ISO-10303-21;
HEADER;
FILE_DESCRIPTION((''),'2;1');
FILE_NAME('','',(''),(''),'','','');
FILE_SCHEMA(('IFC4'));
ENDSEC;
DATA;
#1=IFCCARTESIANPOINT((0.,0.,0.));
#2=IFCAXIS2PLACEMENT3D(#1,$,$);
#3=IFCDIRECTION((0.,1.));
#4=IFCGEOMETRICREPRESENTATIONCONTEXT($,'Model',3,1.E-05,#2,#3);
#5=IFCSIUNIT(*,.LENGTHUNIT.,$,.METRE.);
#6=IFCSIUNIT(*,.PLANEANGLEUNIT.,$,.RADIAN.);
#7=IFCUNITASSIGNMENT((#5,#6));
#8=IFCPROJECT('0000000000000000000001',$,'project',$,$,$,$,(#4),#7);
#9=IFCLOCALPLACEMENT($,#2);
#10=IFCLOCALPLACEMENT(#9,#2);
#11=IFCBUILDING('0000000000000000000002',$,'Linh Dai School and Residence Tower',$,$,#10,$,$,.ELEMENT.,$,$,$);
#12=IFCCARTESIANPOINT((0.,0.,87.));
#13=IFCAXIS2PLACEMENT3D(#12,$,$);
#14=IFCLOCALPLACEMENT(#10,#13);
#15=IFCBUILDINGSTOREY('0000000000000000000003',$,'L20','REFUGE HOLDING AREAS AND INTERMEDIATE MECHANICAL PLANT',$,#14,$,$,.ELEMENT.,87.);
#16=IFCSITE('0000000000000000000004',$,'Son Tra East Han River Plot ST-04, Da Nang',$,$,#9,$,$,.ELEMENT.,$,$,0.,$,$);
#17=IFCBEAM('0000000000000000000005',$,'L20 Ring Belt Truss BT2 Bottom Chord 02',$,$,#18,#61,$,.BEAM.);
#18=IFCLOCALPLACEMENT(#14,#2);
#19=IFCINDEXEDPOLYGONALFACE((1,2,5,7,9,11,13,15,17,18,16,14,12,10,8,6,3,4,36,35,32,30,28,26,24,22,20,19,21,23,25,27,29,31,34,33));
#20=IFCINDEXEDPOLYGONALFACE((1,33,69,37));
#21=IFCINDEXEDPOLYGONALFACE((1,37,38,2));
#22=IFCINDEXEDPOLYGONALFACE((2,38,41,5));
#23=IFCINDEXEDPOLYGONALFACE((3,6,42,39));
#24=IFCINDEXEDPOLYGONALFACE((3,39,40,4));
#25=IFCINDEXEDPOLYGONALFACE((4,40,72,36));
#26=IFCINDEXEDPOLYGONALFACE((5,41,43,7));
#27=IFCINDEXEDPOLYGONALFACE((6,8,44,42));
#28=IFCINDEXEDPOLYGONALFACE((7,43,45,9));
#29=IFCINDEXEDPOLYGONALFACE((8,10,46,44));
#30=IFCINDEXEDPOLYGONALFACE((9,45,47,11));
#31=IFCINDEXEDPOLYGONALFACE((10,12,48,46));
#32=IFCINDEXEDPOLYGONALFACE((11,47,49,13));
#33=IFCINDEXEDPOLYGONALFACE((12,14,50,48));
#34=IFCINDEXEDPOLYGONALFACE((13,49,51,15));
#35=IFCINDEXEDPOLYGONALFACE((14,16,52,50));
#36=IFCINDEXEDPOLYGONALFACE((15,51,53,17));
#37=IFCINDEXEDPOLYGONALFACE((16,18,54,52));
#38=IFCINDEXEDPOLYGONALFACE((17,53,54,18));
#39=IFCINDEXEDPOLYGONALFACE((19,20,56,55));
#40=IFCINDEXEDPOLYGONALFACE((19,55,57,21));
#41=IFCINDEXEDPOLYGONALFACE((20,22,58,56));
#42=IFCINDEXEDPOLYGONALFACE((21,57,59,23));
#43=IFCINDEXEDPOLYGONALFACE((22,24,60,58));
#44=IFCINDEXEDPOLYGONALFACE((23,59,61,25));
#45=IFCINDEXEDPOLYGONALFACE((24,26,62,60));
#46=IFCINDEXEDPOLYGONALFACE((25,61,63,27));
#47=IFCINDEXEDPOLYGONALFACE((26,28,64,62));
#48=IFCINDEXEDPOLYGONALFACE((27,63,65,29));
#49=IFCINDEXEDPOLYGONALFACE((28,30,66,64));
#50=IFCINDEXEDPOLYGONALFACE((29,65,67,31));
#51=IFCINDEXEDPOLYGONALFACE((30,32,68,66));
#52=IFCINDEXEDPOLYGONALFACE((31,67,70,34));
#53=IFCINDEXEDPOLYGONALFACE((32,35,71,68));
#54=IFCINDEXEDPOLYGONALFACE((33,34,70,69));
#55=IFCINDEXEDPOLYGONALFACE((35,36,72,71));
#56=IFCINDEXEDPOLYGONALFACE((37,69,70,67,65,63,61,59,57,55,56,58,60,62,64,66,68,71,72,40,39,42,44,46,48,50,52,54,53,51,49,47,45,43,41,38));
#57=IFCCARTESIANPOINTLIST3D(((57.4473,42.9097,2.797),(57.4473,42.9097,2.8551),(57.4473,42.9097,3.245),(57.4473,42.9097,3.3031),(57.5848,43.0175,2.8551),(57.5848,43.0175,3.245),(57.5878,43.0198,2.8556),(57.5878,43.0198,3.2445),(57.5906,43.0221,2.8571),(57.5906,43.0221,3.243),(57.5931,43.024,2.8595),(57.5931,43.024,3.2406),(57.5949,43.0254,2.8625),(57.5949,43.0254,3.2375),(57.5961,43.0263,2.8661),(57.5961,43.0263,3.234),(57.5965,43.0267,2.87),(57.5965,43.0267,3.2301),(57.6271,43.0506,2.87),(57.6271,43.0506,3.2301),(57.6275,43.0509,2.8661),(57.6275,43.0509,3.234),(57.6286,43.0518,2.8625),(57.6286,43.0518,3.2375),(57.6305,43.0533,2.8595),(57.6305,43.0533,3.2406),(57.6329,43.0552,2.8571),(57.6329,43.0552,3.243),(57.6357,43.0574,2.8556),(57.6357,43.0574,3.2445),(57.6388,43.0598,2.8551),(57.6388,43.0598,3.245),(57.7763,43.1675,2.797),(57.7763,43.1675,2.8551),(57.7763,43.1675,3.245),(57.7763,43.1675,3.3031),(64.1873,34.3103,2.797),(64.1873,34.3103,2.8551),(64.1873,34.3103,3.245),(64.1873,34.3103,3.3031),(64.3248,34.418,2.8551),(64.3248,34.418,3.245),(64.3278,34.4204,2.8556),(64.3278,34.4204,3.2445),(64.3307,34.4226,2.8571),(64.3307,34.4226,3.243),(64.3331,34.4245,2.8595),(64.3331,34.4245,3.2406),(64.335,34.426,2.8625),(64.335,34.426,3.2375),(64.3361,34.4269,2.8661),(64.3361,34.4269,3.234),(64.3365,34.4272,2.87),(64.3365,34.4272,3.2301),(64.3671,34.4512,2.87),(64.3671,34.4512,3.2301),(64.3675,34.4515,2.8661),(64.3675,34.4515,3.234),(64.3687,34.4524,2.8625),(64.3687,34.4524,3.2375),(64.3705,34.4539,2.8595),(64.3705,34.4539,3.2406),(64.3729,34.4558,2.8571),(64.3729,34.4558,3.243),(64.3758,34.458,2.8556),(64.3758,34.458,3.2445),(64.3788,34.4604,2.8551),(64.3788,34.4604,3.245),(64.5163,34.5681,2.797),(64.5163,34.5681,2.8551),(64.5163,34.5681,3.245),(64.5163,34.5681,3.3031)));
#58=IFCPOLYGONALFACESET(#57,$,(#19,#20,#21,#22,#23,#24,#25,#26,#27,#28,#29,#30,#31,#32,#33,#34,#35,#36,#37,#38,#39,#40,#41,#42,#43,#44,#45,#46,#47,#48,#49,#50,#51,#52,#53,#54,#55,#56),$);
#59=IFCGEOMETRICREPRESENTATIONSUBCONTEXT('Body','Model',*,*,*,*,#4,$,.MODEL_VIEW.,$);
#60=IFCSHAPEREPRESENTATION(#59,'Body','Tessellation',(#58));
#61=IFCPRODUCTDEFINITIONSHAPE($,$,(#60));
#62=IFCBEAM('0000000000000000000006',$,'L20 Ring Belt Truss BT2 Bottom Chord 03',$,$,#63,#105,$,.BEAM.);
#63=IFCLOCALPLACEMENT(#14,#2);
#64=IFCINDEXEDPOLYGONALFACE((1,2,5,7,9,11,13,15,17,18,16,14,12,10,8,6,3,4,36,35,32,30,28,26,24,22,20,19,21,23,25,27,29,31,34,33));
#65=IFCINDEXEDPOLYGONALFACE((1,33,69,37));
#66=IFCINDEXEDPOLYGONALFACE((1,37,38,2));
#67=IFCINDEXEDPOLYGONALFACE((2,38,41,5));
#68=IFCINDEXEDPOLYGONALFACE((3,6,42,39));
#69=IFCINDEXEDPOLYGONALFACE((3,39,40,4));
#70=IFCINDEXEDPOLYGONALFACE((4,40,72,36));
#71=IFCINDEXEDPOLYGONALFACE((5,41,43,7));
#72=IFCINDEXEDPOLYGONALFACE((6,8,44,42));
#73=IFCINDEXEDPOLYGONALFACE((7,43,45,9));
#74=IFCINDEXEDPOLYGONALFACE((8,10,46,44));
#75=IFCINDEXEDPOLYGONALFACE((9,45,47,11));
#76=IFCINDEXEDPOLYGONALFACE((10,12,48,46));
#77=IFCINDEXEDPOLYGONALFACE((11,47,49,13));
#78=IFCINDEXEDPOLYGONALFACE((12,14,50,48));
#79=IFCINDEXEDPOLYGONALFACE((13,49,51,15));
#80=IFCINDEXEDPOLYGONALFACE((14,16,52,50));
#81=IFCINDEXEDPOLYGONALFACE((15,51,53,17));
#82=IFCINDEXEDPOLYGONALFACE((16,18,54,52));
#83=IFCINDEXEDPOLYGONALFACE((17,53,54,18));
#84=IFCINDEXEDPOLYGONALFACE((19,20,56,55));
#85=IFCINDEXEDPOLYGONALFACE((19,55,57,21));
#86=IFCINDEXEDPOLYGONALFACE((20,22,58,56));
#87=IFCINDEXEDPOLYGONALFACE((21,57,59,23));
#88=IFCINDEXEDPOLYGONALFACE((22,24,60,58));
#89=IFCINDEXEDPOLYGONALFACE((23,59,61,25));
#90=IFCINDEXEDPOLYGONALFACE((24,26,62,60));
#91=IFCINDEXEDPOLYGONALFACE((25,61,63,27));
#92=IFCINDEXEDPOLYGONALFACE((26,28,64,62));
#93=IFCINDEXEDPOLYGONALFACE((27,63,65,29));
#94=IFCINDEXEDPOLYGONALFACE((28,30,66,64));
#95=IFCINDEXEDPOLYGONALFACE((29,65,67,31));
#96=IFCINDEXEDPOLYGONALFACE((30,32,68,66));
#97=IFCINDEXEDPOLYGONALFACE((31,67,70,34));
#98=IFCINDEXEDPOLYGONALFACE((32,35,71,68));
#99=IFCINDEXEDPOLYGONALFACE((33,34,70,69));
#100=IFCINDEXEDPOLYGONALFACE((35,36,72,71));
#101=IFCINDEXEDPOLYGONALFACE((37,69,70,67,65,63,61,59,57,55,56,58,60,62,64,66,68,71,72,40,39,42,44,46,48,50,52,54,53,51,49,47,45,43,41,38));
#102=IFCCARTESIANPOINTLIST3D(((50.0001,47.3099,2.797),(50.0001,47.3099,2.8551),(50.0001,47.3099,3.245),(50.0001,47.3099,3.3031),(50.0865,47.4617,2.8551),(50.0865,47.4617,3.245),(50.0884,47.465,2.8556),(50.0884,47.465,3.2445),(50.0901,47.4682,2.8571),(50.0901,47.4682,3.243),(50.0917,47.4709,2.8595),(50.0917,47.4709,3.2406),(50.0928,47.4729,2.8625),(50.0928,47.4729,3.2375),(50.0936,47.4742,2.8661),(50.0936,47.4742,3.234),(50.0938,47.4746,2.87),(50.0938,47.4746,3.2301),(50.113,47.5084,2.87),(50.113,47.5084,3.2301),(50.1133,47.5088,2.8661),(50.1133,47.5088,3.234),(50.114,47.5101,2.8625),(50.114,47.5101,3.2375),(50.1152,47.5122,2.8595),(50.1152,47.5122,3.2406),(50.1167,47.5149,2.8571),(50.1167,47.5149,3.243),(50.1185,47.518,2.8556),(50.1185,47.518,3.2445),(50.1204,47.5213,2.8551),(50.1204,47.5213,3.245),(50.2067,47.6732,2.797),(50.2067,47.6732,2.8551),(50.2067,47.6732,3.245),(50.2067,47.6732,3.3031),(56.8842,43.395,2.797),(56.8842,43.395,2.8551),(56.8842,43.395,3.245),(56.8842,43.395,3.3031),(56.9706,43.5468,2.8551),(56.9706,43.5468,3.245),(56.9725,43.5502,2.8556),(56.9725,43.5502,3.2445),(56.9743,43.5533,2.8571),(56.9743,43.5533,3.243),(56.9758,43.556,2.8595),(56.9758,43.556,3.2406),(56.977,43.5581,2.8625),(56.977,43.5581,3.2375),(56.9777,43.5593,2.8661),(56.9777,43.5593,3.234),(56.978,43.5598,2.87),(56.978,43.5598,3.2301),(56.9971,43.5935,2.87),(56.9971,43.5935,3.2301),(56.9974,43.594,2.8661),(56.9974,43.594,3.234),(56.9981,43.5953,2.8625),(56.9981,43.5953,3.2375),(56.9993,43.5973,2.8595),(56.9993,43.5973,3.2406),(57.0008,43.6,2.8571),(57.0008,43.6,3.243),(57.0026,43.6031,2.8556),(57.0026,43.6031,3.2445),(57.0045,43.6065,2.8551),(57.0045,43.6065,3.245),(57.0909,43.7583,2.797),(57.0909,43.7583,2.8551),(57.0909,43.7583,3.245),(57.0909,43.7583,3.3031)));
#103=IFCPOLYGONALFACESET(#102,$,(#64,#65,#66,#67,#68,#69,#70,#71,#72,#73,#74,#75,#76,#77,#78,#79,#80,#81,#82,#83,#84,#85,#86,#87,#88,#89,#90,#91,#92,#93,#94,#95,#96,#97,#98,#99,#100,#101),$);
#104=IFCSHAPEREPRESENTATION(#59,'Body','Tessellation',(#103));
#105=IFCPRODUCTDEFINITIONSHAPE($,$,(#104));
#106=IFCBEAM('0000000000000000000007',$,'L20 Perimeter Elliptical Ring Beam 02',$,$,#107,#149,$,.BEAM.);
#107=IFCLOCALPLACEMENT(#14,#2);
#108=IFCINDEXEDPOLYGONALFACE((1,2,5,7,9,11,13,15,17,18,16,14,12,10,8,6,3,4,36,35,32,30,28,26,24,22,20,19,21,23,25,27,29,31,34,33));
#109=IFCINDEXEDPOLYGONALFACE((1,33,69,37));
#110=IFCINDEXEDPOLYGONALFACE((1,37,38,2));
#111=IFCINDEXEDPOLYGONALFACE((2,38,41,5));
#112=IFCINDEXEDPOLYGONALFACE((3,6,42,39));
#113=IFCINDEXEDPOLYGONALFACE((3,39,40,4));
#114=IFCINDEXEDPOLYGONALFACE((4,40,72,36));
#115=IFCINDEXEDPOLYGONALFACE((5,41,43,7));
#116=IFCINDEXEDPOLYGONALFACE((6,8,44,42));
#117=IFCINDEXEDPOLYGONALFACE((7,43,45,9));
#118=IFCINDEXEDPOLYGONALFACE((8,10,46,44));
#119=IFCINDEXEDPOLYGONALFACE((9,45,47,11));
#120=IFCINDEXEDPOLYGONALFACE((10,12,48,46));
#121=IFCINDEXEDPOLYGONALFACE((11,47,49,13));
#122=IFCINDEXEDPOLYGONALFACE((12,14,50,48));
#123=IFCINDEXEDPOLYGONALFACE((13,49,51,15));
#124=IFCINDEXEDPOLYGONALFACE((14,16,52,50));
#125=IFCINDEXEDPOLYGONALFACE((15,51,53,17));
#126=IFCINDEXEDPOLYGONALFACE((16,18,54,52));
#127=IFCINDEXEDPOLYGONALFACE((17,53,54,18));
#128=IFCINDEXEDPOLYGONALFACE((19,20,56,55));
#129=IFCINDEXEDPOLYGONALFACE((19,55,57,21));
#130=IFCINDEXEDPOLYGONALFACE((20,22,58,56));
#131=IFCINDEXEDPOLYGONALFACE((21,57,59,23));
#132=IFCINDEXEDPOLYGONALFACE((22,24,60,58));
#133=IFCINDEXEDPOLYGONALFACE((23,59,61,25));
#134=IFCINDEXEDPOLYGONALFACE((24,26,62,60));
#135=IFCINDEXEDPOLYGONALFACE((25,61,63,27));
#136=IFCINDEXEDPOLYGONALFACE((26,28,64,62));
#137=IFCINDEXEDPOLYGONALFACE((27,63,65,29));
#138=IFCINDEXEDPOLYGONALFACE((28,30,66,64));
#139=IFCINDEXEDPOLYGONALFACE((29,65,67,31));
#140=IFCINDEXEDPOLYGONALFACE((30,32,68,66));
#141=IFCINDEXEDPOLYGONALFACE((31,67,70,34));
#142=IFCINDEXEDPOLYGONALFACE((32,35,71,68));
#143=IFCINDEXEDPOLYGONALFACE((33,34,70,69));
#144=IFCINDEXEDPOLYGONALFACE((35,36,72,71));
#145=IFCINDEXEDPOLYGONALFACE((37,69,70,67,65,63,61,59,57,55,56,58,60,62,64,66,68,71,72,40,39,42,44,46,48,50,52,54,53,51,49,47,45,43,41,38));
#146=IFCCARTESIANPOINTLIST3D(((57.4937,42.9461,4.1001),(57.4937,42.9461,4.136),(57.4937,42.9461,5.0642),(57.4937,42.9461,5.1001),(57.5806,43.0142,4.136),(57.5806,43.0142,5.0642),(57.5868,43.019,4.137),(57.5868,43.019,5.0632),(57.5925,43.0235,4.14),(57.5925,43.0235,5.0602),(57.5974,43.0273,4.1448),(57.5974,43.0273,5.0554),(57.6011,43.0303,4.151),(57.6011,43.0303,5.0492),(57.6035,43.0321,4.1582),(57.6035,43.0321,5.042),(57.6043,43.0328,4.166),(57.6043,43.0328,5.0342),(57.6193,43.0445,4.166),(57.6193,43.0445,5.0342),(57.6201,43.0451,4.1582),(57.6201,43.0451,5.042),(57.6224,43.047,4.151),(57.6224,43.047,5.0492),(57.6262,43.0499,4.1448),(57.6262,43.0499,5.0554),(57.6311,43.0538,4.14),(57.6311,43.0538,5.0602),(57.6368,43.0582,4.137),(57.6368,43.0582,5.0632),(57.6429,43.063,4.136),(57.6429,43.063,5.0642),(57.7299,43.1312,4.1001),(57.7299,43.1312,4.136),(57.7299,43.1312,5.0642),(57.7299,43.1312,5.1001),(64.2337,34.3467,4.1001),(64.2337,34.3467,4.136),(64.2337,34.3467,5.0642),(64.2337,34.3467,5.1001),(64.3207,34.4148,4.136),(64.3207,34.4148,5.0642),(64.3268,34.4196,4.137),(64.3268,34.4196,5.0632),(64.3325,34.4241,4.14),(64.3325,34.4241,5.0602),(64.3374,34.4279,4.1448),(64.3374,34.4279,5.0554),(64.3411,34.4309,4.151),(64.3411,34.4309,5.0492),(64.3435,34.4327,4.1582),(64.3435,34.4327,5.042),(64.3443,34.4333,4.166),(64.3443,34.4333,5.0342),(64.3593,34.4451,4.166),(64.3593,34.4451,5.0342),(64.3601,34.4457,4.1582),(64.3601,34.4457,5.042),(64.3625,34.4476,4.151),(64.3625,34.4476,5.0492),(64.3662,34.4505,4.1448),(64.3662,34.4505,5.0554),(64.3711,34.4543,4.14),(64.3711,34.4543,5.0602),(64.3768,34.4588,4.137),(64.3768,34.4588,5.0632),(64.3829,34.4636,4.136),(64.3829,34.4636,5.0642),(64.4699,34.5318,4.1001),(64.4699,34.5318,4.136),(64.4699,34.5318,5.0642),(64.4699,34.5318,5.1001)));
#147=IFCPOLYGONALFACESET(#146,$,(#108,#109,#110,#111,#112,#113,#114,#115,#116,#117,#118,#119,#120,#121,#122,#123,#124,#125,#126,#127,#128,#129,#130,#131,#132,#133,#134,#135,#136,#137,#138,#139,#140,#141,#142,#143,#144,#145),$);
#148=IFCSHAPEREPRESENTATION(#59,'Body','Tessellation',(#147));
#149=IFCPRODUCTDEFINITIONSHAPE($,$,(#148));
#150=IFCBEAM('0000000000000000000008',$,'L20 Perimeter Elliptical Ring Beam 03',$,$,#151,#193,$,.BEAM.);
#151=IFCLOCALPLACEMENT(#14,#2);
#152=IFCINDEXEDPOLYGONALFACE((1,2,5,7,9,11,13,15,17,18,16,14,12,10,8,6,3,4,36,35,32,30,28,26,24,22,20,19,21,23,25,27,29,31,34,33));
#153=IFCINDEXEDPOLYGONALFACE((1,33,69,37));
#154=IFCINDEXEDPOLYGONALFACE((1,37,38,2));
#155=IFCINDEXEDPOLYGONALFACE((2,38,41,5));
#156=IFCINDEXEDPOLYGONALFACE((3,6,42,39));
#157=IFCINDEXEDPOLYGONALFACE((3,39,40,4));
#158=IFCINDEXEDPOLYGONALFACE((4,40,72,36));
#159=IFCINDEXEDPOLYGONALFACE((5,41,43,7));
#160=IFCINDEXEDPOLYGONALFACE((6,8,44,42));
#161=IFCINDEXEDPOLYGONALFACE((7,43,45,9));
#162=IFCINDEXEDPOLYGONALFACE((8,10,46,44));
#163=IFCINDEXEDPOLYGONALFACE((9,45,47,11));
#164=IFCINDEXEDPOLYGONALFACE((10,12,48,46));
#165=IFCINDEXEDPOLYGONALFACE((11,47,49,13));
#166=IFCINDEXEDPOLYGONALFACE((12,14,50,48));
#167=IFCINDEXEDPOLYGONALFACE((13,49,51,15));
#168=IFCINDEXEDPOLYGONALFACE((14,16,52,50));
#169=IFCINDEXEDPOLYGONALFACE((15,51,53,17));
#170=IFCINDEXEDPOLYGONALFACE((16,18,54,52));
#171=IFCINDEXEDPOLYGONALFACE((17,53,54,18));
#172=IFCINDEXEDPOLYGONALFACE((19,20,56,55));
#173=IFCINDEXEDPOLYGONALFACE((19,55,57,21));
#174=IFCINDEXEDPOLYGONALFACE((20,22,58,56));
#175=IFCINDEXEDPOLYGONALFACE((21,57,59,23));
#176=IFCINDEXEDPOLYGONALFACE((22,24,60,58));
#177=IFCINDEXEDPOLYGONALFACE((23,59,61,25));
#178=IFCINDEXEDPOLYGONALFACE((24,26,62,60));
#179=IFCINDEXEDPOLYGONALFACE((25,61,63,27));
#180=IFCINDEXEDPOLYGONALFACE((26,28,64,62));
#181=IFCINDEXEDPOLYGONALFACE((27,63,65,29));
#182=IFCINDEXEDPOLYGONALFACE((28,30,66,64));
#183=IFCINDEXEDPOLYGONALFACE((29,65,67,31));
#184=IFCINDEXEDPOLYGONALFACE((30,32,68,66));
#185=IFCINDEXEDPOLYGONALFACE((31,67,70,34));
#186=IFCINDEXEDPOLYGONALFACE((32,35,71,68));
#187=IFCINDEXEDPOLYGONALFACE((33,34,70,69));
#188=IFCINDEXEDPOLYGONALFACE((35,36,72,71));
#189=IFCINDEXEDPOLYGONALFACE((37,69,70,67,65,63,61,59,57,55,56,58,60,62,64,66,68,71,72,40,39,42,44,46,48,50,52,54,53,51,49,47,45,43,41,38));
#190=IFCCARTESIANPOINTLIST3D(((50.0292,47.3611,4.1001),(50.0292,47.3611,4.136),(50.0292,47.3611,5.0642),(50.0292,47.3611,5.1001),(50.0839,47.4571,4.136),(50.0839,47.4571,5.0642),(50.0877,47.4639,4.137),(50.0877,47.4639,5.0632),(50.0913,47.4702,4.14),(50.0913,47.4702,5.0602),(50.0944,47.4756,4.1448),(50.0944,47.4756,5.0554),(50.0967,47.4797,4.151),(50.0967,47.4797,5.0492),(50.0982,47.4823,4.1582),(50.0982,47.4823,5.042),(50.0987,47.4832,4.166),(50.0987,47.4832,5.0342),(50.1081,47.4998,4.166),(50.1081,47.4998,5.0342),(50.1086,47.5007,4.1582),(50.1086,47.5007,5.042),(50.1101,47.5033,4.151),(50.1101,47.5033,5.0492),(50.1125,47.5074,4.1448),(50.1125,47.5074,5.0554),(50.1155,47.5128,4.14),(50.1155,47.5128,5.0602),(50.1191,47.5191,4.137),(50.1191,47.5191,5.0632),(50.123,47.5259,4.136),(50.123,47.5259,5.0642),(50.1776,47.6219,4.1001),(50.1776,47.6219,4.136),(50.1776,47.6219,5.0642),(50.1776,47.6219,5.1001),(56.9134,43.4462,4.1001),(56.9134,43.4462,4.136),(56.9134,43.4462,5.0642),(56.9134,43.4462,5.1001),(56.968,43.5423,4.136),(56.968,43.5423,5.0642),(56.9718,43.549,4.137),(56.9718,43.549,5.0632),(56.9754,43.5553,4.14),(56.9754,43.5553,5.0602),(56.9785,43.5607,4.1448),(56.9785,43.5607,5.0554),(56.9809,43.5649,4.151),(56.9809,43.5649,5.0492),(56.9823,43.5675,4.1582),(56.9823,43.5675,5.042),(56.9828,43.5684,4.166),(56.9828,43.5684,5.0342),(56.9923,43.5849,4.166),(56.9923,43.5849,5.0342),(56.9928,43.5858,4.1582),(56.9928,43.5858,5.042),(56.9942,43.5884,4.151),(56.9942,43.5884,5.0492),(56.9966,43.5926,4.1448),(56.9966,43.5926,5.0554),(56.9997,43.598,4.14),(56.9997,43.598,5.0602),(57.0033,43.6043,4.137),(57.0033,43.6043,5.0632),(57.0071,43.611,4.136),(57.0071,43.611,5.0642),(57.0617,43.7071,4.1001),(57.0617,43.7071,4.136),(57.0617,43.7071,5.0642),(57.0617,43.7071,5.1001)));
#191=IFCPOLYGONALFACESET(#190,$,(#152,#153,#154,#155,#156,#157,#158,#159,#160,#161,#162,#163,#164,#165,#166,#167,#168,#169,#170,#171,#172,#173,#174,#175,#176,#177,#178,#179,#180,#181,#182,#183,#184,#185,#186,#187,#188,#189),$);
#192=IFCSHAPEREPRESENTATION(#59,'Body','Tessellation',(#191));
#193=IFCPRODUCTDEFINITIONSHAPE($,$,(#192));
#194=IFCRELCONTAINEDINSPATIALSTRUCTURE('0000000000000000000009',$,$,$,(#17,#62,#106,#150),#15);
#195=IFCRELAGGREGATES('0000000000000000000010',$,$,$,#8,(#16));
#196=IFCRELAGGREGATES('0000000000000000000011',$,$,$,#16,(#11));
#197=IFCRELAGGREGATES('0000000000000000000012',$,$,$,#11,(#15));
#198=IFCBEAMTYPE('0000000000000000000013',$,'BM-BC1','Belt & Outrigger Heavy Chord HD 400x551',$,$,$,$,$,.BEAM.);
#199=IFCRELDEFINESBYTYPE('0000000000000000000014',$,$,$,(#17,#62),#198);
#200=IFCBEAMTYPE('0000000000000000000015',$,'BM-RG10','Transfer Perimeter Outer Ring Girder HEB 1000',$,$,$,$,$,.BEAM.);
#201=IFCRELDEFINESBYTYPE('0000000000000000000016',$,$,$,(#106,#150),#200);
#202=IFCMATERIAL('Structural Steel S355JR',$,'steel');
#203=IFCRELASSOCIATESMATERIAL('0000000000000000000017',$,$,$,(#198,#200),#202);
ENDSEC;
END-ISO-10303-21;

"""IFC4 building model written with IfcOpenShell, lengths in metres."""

from ifc_helpers import new_model, si_unit, direction, frame, origin, origin_2d, place, context, subcontext, project, spatial, i_section, extrude, material, material_profile, profile_set, type_object, element, save


model = new_model("IFC4")

# Units and contexts
model_context = context("Model", 3, precision=1e-05, world=origin(), true_north=direction((0.0, 1.0)))
body_context = subcontext(model_context, "Body", "Model", "MODEL_VIEW")
ifc_project = project(units=[si_unit("LENGTHUNIT", "METRE"), si_unit("PLANEANGLEUNIT", "RADIAN")], contexts=[model_context])

# Site, building, storey
site_placement = place(None, origin())
site = spatial("IfcSite", under=ifc_project, at=site_placement, Name="Son Tra East Han River Plot ST-04, Da Nang", CompositionType="ELEMENT", RefElevation=0.0)
building_placement = place(site_placement, origin())
building = spatial("IfcBuilding", under=site, at=building_placement, Name="Linh Dai School and Residence Tower", CompositionType="ELEMENT")
storey_placement = place(building_placement, frame((0.0, 0.0, 87.0)))
storey = spatial("IfcBuildingStorey", under=building, at=storey_placement, Name="L20", Description="REFUGE HOLDING AREAS AND INTERMEDIATE MECHANICAL PLANT", CompositionType="ELEMENT", Elevation=87.0)

# Shared definitions
ifc_material_1 = material(Name="Structural Steel S355JR", Category="steel")

# Beams
ifc_material_profile_1 = material_profile(ifc_material_1, i_section(OverallWidth=0.418, OverallDepth=0.5061, WebThickness=0.0388, FlangeThickness=0.0581, FilletRadius=0.0149, at=origin_2d()), Name="HD 400x551")
ifc_profile_set_1 = profile_set([ifc_material_profile_1], Name="Structural Steel S355JR")
beam_type_1 = type_object("IfcBeamType", Name="BM-BC1", Description="Belt & Outrigger Heavy Chord HD 400x551", PredefinedType="BEAM", material=ifc_profile_set_1)
beam_1_placement = place(storey_placement, frame((64.3518, 34.4392, 3.05), z_axis=(-0.616879, 0.787058, 0.0), x_axis=(-0.787058, -0.616879, 0.0)))
element("IfcBeam", 1, at=beam_1_placement, inside=storey, type_object=beam_type_1, Name="L20 Ring Belt Truss BT2 Bottom Chord 02", PredefinedType="BEAM", context=body_context, shape_type="SweptSolid", body=[
    extrude(i_section(OverallWidth=0.418, OverallDepth=0.5061, WebThickness=0.0388, FlangeThickness=0.0581, FilletRadius=0.0149, at=origin_2d()), origin(), (0.0, 0.0, 1.0), 10.926),
])
beam_2_placement = place(storey_placement, frame((56.9875, 43.5767, 3.05), z_axis=(-0.869271, 0.494335, 0.0), x_axis=(-0.494335, -0.869271, 0.0)))
element("IfcBeam", 2, at=beam_2_placement, inside=storey, type_object=beam_type_1, Name="L20 Ring Belt Truss BT2 Bottom Chord 03", PredefinedType="BEAM", context=body_context, shape_type="SweptSolid", body=[
    extrude(i_section(OverallWidth=0.418, OverallDepth=0.5061, WebThickness=0.0388, FlangeThickness=0.0581, FilletRadius=0.0149, at=origin_2d()), origin(), (0.0, 0.0, 1.0), 7.9194),
])
ifc_material_profile_2 = material_profile(ifc_material_1, i_section(OverallWidth=0.3, OverallDepth=1.0, WebThickness=0.019, FlangeThickness=0.0359, FilletRadius=0.03, at=origin_2d()), Name="HEB 1000")
ifc_profile_set_2 = profile_set([ifc_material_profile_2], Name="Structural Steel S355JR")
beam_type_2 = type_object("IfcBeamType", Name="BM-RG10", Description="Transfer Perimeter Outer Ring Girder HEB 1000", PredefinedType="BEAM", material=ifc_profile_set_2)
beam_3_placement = place(storey_placement, frame((64.3518, 34.4392, 4.6001), z_axis=(-0.616879, 0.787058, 0.0), x_axis=(-0.787058, -0.616879, 0.0)))
element("IfcBeam", 3, at=beam_3_placement, inside=storey, type_object=beam_type_2, Name="L20 Perimeter Elliptical Ring Beam 02", PredefinedType="BEAM", context=body_context, shape_type="SweptSolid", body=[
    extrude(i_section(OverallWidth=0.3, OverallDepth=1.0, WebThickness=0.019, FlangeThickness=0.0359, FilletRadius=0.03, at=origin_2d()), origin(), (0.0, 0.0, 1.0), 10.926),
])
beam_4_placement = place(storey_placement, frame((56.9875, 43.5767, 4.6001), z_axis=(-0.869271, 0.494335, 0.0), x_axis=(-0.494335, -0.869271, 0.0)))
element("IfcBeam", 4, at=beam_4_placement, inside=storey, type_object=beam_type_2, Name="L20 Perimeter Elliptical Ring Beam 03", PredefinedType="BEAM", context=body_context, shape_type="SweptSolid", body=[
    extrude(i_section(OverallWidth=0.3, OverallDepth=1.0, WebThickness=0.019, FlangeThickness=0.0359, FilletRadius=0.03, at=origin_2d()), origin(), (0.0, 0.0, 1.0), 7.9194),
])

save(model, "model.ifc")
